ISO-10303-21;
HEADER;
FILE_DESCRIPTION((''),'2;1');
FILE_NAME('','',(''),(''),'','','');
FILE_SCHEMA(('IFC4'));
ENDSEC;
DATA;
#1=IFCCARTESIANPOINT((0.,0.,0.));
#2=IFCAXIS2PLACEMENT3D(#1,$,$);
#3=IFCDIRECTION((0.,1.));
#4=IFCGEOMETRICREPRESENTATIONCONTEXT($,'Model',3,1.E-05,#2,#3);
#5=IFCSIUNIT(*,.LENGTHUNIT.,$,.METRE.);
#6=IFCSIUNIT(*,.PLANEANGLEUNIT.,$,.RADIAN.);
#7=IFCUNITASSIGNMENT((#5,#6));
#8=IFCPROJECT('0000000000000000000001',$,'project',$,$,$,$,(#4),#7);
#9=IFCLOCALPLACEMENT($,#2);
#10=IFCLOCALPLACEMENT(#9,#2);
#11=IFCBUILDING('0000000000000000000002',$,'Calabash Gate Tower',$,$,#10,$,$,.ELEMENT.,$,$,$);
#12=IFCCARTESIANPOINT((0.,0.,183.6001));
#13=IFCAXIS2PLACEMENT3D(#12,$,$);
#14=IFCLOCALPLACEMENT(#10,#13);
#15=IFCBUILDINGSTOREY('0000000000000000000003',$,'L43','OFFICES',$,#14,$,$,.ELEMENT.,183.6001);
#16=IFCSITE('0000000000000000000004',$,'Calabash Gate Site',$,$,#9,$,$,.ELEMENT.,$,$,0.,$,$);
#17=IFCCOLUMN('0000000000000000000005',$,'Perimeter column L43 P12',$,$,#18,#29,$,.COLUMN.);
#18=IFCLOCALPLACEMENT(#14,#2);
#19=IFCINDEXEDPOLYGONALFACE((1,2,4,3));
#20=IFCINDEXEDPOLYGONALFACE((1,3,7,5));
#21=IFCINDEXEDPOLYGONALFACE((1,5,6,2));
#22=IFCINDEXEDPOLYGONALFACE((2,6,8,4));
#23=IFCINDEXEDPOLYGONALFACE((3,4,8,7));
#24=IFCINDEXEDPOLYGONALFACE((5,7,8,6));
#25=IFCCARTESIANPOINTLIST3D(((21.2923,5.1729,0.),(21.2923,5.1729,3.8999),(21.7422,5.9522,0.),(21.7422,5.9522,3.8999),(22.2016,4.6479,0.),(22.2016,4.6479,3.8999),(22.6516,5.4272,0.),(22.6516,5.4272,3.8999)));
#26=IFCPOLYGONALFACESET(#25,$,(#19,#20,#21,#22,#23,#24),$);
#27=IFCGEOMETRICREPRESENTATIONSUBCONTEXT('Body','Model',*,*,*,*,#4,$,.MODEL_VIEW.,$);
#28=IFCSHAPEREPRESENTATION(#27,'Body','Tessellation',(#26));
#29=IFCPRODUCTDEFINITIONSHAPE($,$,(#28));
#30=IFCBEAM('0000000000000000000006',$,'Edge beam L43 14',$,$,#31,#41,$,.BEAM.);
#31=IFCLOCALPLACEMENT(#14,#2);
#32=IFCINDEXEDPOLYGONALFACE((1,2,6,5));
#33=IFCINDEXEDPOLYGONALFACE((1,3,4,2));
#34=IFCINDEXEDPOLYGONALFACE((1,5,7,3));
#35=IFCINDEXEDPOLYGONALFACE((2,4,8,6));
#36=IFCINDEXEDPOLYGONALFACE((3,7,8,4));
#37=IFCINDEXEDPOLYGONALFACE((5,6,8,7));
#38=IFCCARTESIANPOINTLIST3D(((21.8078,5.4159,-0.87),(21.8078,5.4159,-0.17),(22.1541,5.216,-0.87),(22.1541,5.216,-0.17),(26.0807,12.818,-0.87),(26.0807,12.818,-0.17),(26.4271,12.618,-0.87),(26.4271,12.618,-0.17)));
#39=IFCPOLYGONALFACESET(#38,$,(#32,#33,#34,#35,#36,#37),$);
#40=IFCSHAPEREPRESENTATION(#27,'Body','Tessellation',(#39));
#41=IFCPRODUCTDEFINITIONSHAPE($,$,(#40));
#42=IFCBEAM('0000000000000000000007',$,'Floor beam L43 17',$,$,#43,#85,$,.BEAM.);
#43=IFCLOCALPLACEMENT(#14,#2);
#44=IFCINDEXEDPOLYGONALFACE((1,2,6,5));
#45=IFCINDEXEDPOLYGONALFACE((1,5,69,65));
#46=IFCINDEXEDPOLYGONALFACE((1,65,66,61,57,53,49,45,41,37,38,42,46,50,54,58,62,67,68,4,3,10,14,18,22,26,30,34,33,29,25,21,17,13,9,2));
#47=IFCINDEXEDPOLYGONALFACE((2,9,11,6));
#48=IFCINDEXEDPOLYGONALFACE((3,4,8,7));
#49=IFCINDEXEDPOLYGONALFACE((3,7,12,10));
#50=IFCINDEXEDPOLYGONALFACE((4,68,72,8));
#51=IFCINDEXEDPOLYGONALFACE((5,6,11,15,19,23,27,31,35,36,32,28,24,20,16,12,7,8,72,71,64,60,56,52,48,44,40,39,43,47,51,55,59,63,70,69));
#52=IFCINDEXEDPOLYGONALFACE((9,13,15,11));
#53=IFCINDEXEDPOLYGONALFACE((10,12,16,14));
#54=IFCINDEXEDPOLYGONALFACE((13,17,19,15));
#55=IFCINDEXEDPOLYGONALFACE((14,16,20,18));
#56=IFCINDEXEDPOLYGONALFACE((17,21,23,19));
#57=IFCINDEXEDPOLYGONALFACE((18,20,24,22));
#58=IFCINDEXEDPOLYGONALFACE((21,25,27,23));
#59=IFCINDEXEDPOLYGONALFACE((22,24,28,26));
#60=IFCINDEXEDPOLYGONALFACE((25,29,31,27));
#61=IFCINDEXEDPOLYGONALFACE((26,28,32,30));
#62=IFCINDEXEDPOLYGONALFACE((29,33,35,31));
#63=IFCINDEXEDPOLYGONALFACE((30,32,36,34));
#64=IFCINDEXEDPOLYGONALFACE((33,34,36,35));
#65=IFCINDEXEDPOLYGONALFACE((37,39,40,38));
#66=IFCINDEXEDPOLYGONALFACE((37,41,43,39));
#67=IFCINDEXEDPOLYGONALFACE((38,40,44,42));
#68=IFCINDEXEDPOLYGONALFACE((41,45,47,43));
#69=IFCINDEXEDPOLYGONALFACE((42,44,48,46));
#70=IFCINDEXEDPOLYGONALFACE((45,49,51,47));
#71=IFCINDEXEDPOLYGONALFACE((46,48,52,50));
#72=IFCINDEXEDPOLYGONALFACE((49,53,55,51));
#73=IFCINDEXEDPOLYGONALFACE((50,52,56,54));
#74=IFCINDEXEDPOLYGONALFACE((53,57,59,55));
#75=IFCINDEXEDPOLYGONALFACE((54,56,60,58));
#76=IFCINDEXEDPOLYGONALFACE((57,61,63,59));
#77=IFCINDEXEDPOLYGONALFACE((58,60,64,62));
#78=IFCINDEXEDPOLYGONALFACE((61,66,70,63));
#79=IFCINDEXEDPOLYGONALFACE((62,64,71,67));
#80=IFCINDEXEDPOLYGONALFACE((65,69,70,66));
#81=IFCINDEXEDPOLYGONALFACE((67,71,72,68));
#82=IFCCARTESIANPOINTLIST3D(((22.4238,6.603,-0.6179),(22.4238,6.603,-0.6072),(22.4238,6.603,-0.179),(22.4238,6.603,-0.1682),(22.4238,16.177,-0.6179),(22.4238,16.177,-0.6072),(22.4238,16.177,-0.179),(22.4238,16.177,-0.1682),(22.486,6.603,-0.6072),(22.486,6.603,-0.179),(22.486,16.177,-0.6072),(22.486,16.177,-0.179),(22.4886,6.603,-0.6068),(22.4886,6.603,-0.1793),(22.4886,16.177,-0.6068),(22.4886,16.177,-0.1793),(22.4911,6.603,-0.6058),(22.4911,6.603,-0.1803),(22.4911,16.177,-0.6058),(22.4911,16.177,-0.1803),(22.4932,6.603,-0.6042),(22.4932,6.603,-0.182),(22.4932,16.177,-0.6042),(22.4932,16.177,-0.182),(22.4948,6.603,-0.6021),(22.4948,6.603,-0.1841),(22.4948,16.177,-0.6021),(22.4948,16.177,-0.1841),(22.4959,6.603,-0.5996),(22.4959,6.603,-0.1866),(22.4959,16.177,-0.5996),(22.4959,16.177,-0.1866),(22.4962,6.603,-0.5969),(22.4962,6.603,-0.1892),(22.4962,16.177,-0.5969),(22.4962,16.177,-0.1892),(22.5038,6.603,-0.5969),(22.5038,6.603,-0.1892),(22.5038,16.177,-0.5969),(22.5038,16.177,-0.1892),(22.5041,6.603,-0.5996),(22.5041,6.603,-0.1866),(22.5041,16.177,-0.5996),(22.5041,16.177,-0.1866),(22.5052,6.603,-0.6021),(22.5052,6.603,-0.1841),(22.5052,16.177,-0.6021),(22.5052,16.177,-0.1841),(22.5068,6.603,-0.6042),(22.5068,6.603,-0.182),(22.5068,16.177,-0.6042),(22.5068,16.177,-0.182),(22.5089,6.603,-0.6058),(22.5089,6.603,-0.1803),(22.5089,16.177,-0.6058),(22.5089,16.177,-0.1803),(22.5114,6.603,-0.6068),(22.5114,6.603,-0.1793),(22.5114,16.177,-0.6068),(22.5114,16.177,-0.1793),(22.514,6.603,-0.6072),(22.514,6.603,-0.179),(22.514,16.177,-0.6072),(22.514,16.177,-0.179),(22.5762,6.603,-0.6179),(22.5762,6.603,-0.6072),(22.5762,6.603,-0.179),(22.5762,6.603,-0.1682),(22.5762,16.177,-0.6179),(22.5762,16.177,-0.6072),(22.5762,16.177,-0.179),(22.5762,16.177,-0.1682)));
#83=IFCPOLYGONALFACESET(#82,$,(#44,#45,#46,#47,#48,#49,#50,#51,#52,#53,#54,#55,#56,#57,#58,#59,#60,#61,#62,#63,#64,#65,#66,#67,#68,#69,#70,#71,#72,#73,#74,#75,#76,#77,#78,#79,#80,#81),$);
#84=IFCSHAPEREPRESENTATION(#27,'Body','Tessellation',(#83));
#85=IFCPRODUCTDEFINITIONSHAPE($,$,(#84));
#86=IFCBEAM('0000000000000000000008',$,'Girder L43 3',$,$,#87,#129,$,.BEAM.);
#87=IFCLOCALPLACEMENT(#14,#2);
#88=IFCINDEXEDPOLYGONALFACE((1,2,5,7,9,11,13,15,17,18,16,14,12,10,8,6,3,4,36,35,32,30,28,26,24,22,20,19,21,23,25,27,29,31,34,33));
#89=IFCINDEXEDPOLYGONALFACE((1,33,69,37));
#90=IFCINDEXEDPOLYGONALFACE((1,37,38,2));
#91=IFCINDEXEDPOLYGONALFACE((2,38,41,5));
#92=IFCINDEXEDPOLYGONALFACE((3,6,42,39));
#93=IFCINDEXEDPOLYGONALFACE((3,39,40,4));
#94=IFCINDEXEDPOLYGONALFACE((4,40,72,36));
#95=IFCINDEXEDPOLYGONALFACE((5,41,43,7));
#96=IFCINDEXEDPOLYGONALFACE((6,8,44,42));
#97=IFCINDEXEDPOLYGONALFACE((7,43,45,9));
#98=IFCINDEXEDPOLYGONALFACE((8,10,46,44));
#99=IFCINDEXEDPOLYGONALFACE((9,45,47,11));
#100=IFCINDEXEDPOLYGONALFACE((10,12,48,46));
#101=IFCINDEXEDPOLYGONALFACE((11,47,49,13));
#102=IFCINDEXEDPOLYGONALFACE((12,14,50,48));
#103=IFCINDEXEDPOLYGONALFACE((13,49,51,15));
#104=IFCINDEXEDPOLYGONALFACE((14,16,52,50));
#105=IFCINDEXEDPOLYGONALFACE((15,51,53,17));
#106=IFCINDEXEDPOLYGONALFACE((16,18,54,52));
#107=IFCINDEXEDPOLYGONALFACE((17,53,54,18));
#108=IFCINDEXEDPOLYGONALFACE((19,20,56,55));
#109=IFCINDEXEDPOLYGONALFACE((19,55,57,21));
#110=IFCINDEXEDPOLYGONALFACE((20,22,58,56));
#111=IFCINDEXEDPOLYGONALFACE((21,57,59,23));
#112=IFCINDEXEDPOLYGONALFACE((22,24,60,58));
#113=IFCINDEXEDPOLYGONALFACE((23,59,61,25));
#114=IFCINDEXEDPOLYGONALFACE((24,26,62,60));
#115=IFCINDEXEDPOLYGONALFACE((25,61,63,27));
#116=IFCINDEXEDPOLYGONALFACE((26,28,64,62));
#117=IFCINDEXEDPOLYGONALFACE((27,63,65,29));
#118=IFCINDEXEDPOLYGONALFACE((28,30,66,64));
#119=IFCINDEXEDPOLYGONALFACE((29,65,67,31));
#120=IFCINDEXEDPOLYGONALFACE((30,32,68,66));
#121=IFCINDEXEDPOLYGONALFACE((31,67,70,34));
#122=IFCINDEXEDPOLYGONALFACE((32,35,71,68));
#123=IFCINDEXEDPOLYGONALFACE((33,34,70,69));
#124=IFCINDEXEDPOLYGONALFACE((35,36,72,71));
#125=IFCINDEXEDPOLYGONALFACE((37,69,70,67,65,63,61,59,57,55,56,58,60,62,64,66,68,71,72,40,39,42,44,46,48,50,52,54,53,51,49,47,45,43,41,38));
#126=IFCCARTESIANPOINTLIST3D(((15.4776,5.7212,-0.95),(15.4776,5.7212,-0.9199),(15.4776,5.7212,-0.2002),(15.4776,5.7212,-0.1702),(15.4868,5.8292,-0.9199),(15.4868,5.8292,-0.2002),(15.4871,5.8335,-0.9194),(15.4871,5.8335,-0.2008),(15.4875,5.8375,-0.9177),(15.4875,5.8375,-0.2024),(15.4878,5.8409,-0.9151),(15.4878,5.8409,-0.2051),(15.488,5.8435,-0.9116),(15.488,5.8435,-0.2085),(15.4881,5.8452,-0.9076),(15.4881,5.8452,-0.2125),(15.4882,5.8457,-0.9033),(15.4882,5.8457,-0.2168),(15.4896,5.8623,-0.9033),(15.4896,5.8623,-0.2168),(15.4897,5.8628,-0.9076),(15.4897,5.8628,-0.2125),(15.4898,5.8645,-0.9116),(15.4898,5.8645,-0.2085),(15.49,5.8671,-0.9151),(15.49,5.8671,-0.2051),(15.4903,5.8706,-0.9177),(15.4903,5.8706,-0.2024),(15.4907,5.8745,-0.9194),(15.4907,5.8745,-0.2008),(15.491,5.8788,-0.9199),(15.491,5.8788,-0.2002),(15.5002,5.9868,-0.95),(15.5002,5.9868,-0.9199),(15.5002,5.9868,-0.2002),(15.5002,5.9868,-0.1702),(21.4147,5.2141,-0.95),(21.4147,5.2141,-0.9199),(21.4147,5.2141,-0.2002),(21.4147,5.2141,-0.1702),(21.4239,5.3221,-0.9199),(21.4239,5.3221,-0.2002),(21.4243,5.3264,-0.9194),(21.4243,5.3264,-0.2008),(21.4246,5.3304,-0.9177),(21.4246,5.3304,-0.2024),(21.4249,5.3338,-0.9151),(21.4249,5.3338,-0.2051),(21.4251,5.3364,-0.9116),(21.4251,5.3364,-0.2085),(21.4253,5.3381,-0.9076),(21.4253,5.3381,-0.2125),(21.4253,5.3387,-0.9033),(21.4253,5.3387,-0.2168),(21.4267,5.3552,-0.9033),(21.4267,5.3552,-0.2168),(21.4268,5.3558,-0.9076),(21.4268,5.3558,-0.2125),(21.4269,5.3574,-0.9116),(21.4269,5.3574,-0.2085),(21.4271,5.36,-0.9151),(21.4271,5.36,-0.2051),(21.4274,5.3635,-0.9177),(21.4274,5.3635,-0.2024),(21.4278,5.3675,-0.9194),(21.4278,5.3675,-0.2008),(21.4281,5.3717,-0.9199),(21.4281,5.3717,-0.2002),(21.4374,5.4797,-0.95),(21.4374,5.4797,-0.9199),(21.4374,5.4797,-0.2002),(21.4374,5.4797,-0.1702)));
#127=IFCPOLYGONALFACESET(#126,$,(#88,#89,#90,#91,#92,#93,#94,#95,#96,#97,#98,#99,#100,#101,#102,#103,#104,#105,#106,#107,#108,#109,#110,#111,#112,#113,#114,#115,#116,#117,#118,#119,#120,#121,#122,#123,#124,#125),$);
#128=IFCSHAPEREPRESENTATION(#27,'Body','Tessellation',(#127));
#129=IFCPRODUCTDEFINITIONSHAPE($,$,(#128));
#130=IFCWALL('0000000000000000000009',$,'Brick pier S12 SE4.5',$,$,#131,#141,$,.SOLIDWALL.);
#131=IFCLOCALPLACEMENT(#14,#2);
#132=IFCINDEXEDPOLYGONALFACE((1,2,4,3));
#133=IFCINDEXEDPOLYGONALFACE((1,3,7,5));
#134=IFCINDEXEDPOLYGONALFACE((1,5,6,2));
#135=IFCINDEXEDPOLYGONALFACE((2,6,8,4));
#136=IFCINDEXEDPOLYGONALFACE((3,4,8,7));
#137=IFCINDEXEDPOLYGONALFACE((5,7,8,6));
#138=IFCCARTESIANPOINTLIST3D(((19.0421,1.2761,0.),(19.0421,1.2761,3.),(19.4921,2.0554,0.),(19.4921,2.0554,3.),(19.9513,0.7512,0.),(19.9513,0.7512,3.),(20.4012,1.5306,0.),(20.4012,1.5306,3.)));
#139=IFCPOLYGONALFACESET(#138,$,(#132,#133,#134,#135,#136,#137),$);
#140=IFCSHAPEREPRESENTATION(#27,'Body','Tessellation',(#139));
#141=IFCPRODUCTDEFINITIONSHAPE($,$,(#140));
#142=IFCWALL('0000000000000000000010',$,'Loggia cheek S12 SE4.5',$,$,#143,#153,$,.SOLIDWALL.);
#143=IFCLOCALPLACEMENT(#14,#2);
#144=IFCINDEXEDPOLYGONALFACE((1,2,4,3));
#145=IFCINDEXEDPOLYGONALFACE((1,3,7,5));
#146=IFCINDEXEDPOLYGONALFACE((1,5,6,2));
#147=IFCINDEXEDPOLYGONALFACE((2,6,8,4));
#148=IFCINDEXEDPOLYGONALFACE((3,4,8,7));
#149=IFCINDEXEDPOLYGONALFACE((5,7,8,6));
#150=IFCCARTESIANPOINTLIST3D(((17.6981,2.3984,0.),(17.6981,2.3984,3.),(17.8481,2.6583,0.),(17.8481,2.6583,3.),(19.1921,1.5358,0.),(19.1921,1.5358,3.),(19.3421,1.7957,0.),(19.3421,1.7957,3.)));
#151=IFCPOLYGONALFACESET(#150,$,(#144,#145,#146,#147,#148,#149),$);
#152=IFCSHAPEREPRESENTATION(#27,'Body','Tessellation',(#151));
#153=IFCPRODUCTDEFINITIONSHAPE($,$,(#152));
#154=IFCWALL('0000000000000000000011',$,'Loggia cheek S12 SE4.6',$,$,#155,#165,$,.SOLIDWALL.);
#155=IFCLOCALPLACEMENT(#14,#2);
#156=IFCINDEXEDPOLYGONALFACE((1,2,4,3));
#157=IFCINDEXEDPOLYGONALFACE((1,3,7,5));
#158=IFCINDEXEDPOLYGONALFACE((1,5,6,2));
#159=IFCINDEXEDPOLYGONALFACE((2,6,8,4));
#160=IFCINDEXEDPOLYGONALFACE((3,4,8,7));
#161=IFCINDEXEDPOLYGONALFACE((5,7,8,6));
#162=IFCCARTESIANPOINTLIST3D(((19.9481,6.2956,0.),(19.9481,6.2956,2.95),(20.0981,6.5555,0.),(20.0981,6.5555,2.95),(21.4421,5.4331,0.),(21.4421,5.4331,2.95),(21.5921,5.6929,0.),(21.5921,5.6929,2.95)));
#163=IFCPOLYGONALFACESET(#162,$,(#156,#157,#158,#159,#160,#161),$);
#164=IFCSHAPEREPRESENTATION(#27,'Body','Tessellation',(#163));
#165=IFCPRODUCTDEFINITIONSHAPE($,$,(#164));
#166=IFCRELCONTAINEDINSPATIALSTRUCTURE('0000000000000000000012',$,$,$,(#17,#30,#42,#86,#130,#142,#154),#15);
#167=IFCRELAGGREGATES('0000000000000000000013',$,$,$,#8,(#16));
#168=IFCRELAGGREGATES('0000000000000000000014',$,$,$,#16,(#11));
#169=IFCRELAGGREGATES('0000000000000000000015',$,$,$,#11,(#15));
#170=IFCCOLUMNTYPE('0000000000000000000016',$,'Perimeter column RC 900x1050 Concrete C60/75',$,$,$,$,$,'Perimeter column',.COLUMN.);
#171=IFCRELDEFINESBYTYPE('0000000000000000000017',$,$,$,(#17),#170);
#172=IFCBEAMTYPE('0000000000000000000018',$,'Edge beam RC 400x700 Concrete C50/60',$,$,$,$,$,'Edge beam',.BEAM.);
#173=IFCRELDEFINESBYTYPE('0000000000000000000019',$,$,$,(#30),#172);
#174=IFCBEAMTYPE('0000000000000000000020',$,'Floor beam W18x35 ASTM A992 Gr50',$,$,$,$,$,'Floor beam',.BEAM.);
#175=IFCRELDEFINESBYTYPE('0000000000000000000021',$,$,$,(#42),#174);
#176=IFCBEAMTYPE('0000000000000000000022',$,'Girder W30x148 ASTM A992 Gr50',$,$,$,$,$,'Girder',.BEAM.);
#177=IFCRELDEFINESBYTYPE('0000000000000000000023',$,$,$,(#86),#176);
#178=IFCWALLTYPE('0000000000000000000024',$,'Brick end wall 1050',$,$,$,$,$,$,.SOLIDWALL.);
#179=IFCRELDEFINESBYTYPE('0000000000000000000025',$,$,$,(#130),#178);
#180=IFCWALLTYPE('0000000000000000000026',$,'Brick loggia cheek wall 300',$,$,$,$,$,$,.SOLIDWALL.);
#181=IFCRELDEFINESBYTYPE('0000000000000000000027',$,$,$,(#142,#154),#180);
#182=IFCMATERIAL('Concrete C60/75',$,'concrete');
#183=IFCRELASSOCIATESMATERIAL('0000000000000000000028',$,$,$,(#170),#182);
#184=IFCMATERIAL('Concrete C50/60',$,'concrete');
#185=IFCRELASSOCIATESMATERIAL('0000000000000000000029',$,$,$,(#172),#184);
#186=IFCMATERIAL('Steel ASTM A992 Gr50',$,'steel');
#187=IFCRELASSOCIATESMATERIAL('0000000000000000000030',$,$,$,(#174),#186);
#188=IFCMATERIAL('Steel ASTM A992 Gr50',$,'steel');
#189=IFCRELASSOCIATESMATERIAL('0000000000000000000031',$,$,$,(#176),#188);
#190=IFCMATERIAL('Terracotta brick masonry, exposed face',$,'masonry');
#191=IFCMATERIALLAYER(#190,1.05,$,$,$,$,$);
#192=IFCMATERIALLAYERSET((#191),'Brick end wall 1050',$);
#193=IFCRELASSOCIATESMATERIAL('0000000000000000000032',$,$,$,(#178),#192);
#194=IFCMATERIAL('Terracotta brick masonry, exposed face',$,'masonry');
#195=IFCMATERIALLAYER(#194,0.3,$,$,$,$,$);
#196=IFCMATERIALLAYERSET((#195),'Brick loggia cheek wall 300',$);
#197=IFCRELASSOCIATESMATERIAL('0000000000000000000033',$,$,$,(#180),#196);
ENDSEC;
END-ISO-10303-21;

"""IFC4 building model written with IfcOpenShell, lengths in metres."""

from ifc_helpers import new_model, si_unit, direction, frame, frame_2d, origin, origin_2d, place, context, subcontext, project, spatial, rectangle, i_section, extrude, material, layer, layer_set, material_profile, profile_set, type_object, element, save


model = new_model("IFC4")

# Units and contexts
model_context = context("Model", 3, precision=1e-05, world=origin(), true_north=direction((0.0, 1.0)))
body_context = subcontext(model_context, "Body", "Model", "MODEL_VIEW")
ifc_project = project(units=[si_unit("LENGTHUNIT", "METRE"), si_unit("PLANEANGLEUNIT", "RADIAN")], contexts=[model_context])

# Site, building, storey
site_placement = place(None, origin())
site = spatial("IfcSite", under=ifc_project, at=site_placement, Name="Calabash Gate Site", CompositionType="ELEMENT", RefElevation=0.0)
building_placement = place(site_placement, origin())
building = spatial("IfcBuilding", under=site, at=building_placement, Name="Calabash Gate Tower", CompositionType="ELEMENT")
storey_placement = place(building_placement, frame((0.0, 0.0, 183.6001)))
storey = spatial("IfcBuildingStorey", under=building, at=storey_placement, Name="L43", Description="OFFICES", CompositionType="ELEMENT", Elevation=183.6001)

# Column
ifc_material_1 = material(Name="Concrete C60/75", Category="concrete")
ifc_material_profile_1 = material_profile(ifc_material_1, rectangle(XDim=0.8999, YDim=1.05, at=origin_2d()))
ifc_profile_set_1 = profile_set([ifc_material_profile_1], Name="Concrete C60/75")
column_type = type_object("IfcColumnType", Name="Perimeter column RC 900x1050 Concrete C60/75", ElementType="Perimeter column", PredefinedType="COLUMN", material=ifc_profile_set_1)
column_placement = place(storey_placement, frame((21.9719, 5.3, 0.0), z_axis=(0.0, 0.0, 1.0), x_axis=(0.5, 0.866025, 0.0)))
element("IfcColumn", 1, at=column_placement, inside=storey, type_object=column_type, Name="Perimeter column L43 P12", PredefinedType="COLUMN", context=body_context, shape_type="SweptSolid", body=[
    extrude(rectangle(XDim=0.8999, YDim=1.05, at=origin_2d()), origin(), (0.0, 0.0, 1.0), 3.8999),
])

# Beams
ifc_material_2 = material(Name="Concrete C50/60", Category="concrete")
ifc_material_profile_2 = material_profile(ifc_material_2, rectangle(XDim=0.3999, YDim=0.7, at=origin_2d()))
ifc_profile_set_2 = profile_set([ifc_material_profile_2], Name="Concrete C50/60")
beam_type_1 = type_object("IfcBeamType", Name="Edge beam RC 400x700 Concrete C50/60", ElementType="Edge beam", PredefinedType="BEAM", material=ifc_profile_set_2)
beam_1_placement = place(storey_placement, frame((21.981, 5.3159, -0.52), z_axis=(0.499943, 0.866059, 0.0), x_axis=(-0.866059, 0.499943, 0.0)))
element("IfcBeam", 2, at=beam_1_placement, inside=storey, type_object=beam_type_1, Name="Edge beam L43 14", PredefinedType="BEAM", context=body_context, shape_type="SweptSolid", body=[
    extrude(rectangle(XDim=0.3999, YDim=0.7, at=origin_2d()), origin(), (0.0, 0.0, 1.0), 8.5469),
])
ifc_material_3 = material(Name="Steel ASTM A992 Gr50", Category="steel")
ifc_material_profile_3 = material_profile(ifc_material_3, i_section(OverallWidth=0.1523, OverallDepth=0.4497, WebThickness=0.0076, FlangeThickness=0.0107, FilletRadius=0.0103, at=origin_2d()))
ifc_profile_set_3 = profile_set([ifc_material_profile_3], Name="Steel ASTM A992 Gr50")
beam_type_2 = type_object("IfcBeamType", Name="Floor beam W18x35 ASTM A992 Gr50", ElementType="Floor beam", PredefinedType="BEAM", material=ifc_profile_set_3)
beam_2_placement = place(storey_placement, frame((22.5, 6.603, -0.3931), z_axis=(0.0, 1.0, 0.0), x_axis=(-1.0, 0.0, 0.0)))
element("IfcBeam", 3, at=beam_2_placement, inside=storey, type_object=beam_type_2, Name="Floor beam L43 17", PredefinedType="BEAM", context=body_context, shape_type="SweptSolid", body=[
    extrude(i_section(OverallWidth=0.1523, OverallDepth=0.4497, WebThickness=0.0076, FlangeThickness=0.0107, FilletRadius=0.0103, at=origin_2d()), origin(), (0.0, 0.0, 1.0), 9.574),
])
ifc_material_4 = material(Name="Steel ASTM A992 Gr50", Category="steel")
ifc_material_profile_4 = material_profile(ifc_material_4, i_section(OverallWidth=0.2666, OverallDepth=0.7798, WebThickness=0.0166, FlangeThickness=0.03, FilletRadius=0.0166, at=origin_2d()))
ifc_profile_set_4 = profile_set([ifc_material_profile_4], Name="Steel ASTM A992 Gr50")
beam_type_3 = type_object("IfcBeamType", Name="Girder W30x148 ASTM A992 Gr50", ElementType="Girder", PredefinedType="BEAM", material=ifc_profile_set_4)
beam_3_placement = place(storey_placement, frame((21.426, 5.3469, -0.5601), z_axis=(-0.996372, 0.0851, 0.0), x_axis=(-0.0851, -0.996372, 0.0)))
element("IfcBeam", 4, at=beam_3_placement, inside=storey, type_object=beam_type_3, Name="Girder L43 3", PredefinedType="BEAM", context=body_context, shape_type="SweptSolid", body=[
    extrude(i_section(OverallWidth=0.2666, OverallDepth=0.7798, WebThickness=0.0166, FlangeThickness=0.03, FilletRadius=0.0166, at=origin_2d()), origin(), (0.0, 0.0, 1.0), 5.9587),
])

# Walls
ifc_material_5 = material(Name="Terracotta brick masonry, exposed face", Category="masonry")
ifc_layer_1 = layer(ifc_material_5, 1.05)
ifc_layer_set_1 = layer_set([ifc_layer_1], Name="Brick end wall 1050")
wall_type_1 = type_object("IfcWallType", Name="Brick end wall 1050", PredefinedType="SOLIDWALL", material=ifc_layer_set_1)
wall_1_placement = place(storey_placement, frame((19.2671, 1.6658, 0.0), z_axis=(0.0, 0.0, 1.0), x_axis=(0.866031, -0.499991, 0.0)))
element("IfcWall", 5, at=wall_1_placement, inside=storey, type_object=wall_type_1, Name="Brick pier S12 SE4.5", PredefinedType="SOLIDWALL", context=body_context, shape_type="SweptSolid", body=[
    extrude(rectangle(XDim=1.0498, YDim=0.8999, at=frame_2d((0.5249, 0.0))), origin(), (0.0, 0.0, 1.0), 3.0),
])
ifc_material_6 = material(Name="Terracotta brick masonry, exposed face", Category="masonry")
ifc_layer_2 = layer(ifc_material_6, 0.3)
ifc_layer_set_2 = layer_set([ifc_layer_2], Name="Brick loggia cheek wall 300")
wall_type_2 = type_object("IfcWallType", Name="Brick loggia cheek wall 300", PredefinedType="SOLIDWALL", material=ifc_layer_set_2)
wall_2_placement = place(storey_placement, frame((19.2671, 1.6658, 0.0), z_axis=(0.0, 0.0, 1.0), x_axis=(-0.866014, 0.500021, 0.0)))
element("IfcWall", 6, at=wall_2_placement, inside=storey, type_object=wall_type_2, Name="Loggia cheek S12 SE4.5", PredefinedType="SOLIDWALL", context=body_context, shape_type="SweptSolid", body=[
    extrude(rectangle(XDim=1.7251, YDim=0.3, at=frame_2d((0.8625, 0.0))), origin(), (0.0, 0.0, 1.0), 3.0),
])
wall_3_placement = place(storey_placement, frame((21.5171, 5.563, 0.0), z_axis=(0.0, 0.0, 1.0), x_axis=(-0.866014, 0.500021, 0.0)))
element("IfcWall", 7, at=wall_3_placement, inside=storey, type_object=wall_type_2, Name="Loggia cheek S12 SE4.6", PredefinedType="SOLIDWALL", context=body_context, shape_type="SweptSolid", body=[
    extrude(rectangle(XDim=1.7251, YDim=0.3, at=frame_2d((0.8625, 0.0))), origin(), (0.0, 0.0, 1.0), 2.95),
])

save(model, "model.ifc")
